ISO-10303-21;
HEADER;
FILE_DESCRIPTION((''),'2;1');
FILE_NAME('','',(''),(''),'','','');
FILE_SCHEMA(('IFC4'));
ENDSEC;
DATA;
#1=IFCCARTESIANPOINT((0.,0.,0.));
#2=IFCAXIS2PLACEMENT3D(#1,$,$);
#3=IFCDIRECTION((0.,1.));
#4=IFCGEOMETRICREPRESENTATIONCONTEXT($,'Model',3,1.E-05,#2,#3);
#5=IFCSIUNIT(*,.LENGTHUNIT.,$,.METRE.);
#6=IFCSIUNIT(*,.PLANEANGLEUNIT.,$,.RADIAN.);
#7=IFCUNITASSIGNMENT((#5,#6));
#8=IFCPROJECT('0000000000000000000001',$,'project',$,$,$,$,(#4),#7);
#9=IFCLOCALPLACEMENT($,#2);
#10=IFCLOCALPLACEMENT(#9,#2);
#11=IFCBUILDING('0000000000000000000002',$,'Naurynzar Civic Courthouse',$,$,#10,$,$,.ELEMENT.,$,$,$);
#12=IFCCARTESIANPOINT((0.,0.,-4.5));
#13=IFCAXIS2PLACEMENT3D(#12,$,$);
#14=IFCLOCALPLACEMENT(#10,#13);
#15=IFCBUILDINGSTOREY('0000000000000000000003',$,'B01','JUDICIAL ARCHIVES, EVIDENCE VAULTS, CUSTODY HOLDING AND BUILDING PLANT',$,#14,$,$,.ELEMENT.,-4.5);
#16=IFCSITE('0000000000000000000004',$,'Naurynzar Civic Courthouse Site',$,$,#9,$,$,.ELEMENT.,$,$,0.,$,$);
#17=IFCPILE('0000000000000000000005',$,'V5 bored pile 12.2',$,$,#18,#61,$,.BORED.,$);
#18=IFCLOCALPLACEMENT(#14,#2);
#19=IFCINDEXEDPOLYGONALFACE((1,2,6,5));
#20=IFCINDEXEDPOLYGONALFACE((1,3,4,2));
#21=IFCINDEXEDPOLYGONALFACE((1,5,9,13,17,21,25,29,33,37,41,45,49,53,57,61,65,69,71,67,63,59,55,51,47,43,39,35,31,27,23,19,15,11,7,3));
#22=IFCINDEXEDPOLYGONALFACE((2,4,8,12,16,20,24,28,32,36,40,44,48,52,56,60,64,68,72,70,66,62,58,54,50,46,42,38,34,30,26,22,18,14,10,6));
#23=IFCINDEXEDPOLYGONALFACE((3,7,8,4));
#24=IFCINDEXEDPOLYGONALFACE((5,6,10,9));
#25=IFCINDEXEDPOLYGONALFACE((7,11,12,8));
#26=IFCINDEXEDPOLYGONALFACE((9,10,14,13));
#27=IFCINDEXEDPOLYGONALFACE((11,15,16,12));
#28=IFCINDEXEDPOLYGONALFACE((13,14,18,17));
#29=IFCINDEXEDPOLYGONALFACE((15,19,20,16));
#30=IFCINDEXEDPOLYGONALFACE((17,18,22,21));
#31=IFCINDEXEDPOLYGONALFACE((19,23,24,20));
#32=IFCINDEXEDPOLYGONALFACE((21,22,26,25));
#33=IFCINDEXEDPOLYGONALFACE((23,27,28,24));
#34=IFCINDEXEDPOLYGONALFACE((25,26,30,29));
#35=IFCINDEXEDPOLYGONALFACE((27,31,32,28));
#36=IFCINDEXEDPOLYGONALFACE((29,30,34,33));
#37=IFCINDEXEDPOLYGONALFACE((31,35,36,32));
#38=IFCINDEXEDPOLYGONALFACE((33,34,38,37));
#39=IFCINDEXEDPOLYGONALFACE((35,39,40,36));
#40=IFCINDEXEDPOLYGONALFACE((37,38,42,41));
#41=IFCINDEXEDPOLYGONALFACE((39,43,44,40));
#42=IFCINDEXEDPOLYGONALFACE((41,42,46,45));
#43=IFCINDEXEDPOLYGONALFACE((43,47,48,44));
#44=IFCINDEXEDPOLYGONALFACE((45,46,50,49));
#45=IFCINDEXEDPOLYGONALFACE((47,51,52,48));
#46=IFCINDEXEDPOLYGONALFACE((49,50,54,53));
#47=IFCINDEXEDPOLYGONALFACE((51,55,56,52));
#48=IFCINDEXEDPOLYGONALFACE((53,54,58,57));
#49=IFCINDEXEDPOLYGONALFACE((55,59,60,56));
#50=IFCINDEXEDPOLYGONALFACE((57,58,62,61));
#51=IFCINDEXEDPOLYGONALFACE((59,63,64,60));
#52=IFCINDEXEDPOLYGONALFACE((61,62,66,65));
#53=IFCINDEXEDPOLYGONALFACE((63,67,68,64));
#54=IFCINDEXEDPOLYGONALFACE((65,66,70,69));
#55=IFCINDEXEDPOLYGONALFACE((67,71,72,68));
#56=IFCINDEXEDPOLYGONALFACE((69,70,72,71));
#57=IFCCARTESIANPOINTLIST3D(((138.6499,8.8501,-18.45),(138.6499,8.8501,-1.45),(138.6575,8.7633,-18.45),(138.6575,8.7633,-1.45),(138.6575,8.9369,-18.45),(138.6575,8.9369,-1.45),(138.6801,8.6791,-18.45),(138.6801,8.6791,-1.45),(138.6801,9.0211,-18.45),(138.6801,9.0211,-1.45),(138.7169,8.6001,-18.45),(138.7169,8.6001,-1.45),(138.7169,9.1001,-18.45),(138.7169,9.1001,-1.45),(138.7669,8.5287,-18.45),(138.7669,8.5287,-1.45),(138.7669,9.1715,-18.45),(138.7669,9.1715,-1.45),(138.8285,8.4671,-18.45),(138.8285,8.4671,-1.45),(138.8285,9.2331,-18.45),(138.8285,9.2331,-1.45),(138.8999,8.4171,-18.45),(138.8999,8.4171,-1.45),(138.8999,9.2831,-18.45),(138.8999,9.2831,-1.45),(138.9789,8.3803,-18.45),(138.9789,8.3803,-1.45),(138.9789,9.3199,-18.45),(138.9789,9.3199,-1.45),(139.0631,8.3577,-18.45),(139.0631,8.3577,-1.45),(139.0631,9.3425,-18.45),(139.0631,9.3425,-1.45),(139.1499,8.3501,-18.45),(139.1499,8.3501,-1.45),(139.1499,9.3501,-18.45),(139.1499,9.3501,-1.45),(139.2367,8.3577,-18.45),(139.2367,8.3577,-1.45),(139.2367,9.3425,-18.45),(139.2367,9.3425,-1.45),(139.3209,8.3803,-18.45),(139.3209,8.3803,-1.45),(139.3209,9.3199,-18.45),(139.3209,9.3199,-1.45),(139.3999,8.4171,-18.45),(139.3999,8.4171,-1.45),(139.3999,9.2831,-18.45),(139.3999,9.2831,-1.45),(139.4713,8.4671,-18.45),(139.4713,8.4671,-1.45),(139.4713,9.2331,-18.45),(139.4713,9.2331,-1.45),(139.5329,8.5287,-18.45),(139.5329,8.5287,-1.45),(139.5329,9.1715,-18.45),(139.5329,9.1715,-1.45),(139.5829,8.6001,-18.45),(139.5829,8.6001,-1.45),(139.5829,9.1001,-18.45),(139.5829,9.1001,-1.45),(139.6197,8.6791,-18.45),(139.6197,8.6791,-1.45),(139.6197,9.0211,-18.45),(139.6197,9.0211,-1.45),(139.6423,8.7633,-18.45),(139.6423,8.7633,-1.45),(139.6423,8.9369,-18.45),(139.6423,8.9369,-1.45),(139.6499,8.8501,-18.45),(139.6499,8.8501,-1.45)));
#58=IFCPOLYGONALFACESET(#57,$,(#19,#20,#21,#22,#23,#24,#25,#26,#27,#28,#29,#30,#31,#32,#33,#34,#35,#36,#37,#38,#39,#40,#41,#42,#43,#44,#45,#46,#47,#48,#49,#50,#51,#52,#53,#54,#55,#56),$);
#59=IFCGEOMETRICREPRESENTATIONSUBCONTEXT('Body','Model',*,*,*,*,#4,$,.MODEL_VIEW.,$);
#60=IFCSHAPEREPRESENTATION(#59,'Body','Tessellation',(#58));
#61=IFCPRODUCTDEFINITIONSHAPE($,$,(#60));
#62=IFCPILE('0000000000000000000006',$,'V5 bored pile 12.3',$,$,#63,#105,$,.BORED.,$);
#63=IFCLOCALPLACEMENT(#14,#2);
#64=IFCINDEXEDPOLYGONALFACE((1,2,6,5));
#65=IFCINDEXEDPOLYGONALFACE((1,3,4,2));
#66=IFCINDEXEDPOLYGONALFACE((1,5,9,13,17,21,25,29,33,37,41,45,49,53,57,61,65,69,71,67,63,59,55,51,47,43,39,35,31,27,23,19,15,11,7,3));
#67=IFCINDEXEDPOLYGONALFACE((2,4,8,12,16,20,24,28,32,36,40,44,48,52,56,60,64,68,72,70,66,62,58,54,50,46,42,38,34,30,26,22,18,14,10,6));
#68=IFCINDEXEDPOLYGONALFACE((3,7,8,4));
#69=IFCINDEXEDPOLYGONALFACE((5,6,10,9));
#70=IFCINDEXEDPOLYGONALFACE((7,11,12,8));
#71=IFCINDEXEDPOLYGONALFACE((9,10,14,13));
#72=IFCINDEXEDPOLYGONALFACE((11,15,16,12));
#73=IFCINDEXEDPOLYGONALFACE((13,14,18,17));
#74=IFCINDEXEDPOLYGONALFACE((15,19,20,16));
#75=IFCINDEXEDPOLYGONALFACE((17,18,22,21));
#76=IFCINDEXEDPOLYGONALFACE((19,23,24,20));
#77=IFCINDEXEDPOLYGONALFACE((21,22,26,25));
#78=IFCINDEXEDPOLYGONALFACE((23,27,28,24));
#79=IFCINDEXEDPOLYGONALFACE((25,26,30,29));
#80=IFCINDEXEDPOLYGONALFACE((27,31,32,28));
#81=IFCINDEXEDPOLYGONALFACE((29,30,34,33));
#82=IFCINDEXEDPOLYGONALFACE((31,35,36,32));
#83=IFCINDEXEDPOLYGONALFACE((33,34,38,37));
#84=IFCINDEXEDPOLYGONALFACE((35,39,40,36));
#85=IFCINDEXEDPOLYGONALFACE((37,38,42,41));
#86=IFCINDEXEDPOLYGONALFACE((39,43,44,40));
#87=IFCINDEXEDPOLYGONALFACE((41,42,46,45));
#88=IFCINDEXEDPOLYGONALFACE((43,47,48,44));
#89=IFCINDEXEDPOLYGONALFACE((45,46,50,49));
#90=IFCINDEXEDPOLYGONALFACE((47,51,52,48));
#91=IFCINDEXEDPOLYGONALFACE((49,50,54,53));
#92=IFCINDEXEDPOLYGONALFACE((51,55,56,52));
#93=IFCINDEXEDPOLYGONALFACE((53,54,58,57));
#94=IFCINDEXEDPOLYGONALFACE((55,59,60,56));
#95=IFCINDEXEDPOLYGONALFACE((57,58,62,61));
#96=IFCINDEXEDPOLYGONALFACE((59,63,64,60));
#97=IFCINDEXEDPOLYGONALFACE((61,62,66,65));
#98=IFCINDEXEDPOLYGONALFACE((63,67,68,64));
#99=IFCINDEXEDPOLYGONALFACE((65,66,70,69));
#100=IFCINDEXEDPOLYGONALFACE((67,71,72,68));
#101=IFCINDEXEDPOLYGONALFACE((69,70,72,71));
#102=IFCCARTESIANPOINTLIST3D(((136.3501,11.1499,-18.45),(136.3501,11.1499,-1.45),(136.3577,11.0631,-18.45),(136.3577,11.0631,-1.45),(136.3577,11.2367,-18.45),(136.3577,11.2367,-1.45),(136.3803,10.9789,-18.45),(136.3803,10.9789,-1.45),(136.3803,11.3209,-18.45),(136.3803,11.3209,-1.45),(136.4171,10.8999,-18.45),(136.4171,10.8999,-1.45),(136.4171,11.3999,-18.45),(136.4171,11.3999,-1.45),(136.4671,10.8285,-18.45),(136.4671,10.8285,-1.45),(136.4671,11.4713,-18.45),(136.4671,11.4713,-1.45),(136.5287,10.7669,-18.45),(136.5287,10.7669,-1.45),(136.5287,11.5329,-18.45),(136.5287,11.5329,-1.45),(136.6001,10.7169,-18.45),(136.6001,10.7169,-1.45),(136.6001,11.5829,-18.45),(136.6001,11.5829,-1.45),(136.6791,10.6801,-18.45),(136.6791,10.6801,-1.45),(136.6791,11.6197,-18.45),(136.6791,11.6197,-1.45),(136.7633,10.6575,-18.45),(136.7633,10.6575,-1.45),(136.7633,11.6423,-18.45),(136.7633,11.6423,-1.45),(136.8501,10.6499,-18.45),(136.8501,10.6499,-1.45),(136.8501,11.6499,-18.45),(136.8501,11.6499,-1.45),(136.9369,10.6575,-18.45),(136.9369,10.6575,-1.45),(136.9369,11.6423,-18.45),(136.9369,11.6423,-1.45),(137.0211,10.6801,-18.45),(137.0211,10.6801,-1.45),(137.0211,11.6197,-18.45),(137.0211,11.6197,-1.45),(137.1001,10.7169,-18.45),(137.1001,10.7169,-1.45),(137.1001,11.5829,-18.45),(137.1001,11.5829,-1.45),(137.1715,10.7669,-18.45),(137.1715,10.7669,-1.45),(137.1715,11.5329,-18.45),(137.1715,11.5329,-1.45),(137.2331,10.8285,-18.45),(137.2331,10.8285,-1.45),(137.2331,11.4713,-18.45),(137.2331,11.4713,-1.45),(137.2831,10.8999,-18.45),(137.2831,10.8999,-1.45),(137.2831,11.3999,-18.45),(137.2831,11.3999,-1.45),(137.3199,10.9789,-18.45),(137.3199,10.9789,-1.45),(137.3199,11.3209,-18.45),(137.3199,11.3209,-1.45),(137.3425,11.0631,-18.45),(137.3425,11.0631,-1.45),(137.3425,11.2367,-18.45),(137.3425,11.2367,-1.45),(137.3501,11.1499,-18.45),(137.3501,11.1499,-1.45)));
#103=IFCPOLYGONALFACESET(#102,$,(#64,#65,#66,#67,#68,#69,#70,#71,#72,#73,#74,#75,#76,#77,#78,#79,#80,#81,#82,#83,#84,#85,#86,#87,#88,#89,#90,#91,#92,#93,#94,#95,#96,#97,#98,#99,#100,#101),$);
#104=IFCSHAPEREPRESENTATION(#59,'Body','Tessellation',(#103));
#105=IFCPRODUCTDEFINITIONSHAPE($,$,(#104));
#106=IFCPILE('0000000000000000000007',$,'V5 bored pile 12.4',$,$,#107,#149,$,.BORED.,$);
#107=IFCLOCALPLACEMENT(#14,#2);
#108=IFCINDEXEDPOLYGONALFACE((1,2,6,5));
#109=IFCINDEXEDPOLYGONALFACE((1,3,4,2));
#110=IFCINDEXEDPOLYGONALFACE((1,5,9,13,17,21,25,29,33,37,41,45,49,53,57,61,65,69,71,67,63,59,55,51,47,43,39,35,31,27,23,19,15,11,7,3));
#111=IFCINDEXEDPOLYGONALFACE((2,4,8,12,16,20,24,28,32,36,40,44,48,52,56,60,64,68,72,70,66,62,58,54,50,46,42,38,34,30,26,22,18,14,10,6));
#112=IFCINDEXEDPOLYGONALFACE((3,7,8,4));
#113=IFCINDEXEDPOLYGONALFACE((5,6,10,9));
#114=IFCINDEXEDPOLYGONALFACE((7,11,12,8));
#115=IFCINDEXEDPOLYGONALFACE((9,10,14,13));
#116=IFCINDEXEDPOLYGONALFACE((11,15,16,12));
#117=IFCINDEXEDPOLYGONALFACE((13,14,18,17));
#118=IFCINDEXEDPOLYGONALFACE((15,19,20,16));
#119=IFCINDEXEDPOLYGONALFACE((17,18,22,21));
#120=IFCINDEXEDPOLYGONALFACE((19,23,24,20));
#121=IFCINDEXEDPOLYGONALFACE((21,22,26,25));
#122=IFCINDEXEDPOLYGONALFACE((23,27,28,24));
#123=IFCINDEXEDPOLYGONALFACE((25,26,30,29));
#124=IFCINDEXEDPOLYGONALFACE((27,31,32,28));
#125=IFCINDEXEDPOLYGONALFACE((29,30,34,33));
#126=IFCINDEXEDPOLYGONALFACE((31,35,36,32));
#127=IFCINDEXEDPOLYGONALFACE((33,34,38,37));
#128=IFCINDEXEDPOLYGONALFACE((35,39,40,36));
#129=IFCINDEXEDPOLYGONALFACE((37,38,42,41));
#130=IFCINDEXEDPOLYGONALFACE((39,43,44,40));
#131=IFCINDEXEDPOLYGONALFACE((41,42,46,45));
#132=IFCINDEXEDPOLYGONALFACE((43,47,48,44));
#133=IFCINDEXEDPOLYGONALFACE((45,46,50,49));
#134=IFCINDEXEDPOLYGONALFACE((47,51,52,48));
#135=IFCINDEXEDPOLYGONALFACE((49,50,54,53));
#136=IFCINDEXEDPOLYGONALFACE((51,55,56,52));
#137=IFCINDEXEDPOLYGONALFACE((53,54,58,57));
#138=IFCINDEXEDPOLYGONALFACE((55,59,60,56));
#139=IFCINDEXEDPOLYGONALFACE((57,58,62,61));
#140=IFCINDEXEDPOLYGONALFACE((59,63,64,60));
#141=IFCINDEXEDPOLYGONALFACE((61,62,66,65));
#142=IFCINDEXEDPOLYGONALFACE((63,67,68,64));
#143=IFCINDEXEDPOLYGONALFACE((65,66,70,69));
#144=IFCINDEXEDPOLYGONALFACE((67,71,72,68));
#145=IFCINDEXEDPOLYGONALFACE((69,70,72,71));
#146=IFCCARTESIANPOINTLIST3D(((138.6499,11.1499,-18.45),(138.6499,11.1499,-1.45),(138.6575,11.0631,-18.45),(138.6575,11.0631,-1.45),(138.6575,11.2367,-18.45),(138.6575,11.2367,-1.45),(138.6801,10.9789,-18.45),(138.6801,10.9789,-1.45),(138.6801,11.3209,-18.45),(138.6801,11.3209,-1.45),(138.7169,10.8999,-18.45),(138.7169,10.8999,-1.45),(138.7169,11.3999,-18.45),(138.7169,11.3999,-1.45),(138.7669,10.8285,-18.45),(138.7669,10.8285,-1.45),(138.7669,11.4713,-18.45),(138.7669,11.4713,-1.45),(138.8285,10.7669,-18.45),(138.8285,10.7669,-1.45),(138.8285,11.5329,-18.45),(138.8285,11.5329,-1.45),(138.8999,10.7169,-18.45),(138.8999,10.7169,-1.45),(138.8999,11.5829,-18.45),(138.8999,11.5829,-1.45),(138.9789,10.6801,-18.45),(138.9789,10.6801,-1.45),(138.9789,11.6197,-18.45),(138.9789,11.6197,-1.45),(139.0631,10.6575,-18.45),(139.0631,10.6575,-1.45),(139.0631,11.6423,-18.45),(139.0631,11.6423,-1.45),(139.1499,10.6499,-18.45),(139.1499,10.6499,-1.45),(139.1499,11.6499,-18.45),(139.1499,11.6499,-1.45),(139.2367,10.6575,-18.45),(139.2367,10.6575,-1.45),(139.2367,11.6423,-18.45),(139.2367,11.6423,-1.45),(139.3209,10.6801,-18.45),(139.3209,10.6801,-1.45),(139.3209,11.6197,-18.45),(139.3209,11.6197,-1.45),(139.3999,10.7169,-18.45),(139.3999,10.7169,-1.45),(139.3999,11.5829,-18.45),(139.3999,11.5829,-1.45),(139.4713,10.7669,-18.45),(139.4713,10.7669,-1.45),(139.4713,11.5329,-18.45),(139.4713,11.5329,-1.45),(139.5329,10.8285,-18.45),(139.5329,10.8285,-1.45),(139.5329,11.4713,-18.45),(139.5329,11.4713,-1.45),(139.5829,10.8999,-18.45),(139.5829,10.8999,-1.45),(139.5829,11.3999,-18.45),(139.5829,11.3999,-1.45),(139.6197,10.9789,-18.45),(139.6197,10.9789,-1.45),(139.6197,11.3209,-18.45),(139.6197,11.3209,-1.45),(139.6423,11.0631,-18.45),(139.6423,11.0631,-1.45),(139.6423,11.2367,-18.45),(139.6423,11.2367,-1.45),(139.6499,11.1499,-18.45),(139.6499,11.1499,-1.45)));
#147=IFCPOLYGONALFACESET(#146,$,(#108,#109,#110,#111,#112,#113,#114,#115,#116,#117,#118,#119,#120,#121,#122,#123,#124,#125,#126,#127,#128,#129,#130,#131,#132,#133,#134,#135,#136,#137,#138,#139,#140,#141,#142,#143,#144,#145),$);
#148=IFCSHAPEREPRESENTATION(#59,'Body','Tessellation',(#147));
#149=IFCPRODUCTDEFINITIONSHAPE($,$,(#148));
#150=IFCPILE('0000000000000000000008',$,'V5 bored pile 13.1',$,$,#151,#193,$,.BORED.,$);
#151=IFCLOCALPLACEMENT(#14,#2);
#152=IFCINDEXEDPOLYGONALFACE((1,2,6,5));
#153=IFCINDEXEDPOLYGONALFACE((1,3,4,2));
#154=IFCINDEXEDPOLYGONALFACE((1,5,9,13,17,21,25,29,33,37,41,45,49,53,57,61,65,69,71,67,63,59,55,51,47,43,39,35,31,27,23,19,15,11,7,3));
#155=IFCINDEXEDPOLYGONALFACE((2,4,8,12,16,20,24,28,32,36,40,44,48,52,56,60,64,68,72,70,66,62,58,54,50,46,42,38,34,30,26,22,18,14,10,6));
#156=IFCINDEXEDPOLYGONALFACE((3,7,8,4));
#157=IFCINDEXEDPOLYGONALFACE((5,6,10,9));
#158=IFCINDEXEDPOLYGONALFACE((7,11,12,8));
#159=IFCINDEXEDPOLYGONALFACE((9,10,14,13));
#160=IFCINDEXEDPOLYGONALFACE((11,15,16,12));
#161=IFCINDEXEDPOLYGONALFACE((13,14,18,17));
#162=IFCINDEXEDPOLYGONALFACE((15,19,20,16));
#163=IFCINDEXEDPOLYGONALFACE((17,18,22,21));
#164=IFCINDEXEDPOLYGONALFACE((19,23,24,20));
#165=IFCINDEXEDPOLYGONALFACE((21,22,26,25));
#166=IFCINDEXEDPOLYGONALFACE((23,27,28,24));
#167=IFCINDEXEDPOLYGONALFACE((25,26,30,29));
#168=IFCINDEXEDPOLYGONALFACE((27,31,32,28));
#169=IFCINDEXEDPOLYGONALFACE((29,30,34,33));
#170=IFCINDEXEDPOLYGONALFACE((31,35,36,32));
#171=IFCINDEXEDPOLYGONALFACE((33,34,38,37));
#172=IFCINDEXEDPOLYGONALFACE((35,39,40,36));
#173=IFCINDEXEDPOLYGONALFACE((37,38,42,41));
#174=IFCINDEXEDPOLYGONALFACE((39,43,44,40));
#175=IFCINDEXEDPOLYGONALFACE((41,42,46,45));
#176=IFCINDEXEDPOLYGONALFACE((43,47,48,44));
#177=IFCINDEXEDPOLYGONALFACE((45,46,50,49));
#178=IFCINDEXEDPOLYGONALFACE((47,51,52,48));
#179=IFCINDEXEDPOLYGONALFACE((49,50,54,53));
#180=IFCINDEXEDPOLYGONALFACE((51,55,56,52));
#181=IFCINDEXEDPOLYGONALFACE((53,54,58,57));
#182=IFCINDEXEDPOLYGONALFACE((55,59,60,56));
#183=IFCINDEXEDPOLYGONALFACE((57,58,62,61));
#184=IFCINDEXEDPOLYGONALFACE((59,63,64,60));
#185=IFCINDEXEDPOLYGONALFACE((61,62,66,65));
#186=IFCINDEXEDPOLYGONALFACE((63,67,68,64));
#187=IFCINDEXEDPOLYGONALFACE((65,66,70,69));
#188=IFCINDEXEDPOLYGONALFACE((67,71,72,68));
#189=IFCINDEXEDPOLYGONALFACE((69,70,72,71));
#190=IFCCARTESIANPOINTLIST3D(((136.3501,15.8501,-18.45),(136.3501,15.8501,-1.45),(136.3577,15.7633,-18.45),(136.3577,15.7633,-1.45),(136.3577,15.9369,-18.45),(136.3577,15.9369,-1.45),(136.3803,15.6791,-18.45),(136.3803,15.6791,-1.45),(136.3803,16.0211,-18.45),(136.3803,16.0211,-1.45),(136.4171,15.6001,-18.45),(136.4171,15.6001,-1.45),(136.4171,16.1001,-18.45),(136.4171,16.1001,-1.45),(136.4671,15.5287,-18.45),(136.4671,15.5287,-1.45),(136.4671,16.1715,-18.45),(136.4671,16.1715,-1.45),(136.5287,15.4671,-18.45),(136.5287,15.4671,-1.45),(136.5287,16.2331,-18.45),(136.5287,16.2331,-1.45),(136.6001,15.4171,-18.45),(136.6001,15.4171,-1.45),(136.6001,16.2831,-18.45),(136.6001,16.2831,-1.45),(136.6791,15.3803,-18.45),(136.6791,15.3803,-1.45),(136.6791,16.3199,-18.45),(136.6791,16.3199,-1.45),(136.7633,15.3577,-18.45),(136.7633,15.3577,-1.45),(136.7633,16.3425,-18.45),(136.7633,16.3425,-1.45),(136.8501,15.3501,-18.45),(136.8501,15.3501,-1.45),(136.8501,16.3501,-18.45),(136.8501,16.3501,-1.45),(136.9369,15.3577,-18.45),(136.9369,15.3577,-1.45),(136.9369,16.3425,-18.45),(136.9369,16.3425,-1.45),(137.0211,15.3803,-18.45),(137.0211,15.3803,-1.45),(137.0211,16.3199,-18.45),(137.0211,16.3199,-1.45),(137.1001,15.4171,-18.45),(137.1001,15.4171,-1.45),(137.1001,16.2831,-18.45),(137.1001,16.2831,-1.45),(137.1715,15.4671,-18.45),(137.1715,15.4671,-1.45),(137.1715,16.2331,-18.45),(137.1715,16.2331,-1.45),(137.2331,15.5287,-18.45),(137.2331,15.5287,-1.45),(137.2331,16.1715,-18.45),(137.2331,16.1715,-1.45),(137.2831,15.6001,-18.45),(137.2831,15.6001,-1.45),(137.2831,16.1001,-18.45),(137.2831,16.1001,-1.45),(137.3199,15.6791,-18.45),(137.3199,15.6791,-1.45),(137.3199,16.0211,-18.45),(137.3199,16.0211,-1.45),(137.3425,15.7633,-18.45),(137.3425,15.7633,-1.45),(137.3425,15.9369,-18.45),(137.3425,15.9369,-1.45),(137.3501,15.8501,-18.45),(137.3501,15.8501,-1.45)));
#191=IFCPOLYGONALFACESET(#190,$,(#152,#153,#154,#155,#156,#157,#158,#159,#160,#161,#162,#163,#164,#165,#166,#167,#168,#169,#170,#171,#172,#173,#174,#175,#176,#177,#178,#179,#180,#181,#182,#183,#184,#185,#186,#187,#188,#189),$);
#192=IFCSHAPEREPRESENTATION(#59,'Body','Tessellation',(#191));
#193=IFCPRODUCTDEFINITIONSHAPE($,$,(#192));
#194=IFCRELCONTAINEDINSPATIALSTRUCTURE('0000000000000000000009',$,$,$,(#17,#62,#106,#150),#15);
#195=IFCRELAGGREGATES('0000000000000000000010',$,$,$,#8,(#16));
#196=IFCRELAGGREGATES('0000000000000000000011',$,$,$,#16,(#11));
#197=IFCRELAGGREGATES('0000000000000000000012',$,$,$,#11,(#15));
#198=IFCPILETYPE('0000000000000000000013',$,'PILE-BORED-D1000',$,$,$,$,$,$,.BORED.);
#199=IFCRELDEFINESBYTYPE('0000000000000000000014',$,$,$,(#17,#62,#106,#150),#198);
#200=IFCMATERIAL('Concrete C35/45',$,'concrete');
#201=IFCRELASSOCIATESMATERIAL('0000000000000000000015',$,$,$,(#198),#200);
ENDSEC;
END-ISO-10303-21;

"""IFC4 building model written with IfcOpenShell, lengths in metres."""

from ifc_helpers import new_model, si_unit, direction, frame, origin, origin_2d, place, context, subcontext, project, spatial, circle, extrude, material, material_profile, profile_set, type_object, element, save


model = new_model("IFC4")

# Units and contexts
model_context = context("Model", 3, precision=1e-05, world=origin(), true_north=direction((0.0, 1.0)))
body_context = subcontext(model_context, "Body", "Model", "MODEL_VIEW")
ifc_project = project(units=[si_unit("LENGTHUNIT", "METRE"), si_unit("PLANEANGLEUNIT", "RADIAN")], contexts=[model_context])

# Site, building, storey
site_placement = place(None, origin())
site = spatial("IfcSite", under=ifc_project, at=site_placement, Name="Naurynzar Civic Courthouse Site", CompositionType="ELEMENT", RefElevation=0.0)
building_placement = place(site_placement, origin())
building = spatial("IfcBuilding", under=site, at=building_placement, Name="Naurynzar Civic Courthouse", CompositionType="ELEMENT")
storey_placement = place(building_placement, frame((0.0, 0.0, -4.5)))
storey = spatial("IfcBuildingStorey", under=building, at=storey_placement, Name="B01", Description="JUDICIAL ARCHIVES, EVIDENCE VAULTS, CUSTODY HOLDING AND BUILDING PLANT", CompositionType="ELEMENT", Elevation=-4.5)

# Piles
ifc_material_1 = material(Name="Concrete C35/45", Category="concrete")
ifc_material_profile_1 = material_profile(ifc_material_1, circle(Radius=0.5, at=origin_2d()), Name="PILE D1000")
ifc_profile_set_1 = profile_set([ifc_material_profile_1], Name="Concrete C35/45")
pile_type_1 = type_object("IfcPileType", Name="PILE-BORED-D1000", PredefinedType="BORED", material=ifc_profile_set_1)
for number, where, z_axis, x_axis, name in (
    (1, (139.1499, 8.8501, -1.45), (0.0, 0.0, -1.0), (1.0, 0.0, 0.0), "V5 bored pile 12.2"),
    (2, (136.8501, 11.1499, -1.45), (0.0, 0.0, -1.0), (1.0, 0.0, 0.0), "V5 bored pile 12.3"),
    (3, (139.1499, 11.1499, -1.45), (0.0, 0.0, -1.0), (1.0, 0.0, 0.0), "V5 bored pile 12.4"),
    (4, (136.8501, 15.8501, -1.45), (0.0, 0.0, -1.0), (1.0, 0.0, 0.0), "V5 bored pile 13.1"),
):
    element("IfcPile", number, at=place(storey_placement, frame(where, z_axis=z_axis, x_axis=x_axis)), inside=storey, type_object=pile_type_1, Name=name, PredefinedType="BORED", context=body_context, shape_type="SweptSolid", body=[
        extrude(circle(Radius=0.5, at=origin_2d()), origin(), (0.0, 0.0, 1.0), 17.0),
    ])

save(model, "model.ifc")
